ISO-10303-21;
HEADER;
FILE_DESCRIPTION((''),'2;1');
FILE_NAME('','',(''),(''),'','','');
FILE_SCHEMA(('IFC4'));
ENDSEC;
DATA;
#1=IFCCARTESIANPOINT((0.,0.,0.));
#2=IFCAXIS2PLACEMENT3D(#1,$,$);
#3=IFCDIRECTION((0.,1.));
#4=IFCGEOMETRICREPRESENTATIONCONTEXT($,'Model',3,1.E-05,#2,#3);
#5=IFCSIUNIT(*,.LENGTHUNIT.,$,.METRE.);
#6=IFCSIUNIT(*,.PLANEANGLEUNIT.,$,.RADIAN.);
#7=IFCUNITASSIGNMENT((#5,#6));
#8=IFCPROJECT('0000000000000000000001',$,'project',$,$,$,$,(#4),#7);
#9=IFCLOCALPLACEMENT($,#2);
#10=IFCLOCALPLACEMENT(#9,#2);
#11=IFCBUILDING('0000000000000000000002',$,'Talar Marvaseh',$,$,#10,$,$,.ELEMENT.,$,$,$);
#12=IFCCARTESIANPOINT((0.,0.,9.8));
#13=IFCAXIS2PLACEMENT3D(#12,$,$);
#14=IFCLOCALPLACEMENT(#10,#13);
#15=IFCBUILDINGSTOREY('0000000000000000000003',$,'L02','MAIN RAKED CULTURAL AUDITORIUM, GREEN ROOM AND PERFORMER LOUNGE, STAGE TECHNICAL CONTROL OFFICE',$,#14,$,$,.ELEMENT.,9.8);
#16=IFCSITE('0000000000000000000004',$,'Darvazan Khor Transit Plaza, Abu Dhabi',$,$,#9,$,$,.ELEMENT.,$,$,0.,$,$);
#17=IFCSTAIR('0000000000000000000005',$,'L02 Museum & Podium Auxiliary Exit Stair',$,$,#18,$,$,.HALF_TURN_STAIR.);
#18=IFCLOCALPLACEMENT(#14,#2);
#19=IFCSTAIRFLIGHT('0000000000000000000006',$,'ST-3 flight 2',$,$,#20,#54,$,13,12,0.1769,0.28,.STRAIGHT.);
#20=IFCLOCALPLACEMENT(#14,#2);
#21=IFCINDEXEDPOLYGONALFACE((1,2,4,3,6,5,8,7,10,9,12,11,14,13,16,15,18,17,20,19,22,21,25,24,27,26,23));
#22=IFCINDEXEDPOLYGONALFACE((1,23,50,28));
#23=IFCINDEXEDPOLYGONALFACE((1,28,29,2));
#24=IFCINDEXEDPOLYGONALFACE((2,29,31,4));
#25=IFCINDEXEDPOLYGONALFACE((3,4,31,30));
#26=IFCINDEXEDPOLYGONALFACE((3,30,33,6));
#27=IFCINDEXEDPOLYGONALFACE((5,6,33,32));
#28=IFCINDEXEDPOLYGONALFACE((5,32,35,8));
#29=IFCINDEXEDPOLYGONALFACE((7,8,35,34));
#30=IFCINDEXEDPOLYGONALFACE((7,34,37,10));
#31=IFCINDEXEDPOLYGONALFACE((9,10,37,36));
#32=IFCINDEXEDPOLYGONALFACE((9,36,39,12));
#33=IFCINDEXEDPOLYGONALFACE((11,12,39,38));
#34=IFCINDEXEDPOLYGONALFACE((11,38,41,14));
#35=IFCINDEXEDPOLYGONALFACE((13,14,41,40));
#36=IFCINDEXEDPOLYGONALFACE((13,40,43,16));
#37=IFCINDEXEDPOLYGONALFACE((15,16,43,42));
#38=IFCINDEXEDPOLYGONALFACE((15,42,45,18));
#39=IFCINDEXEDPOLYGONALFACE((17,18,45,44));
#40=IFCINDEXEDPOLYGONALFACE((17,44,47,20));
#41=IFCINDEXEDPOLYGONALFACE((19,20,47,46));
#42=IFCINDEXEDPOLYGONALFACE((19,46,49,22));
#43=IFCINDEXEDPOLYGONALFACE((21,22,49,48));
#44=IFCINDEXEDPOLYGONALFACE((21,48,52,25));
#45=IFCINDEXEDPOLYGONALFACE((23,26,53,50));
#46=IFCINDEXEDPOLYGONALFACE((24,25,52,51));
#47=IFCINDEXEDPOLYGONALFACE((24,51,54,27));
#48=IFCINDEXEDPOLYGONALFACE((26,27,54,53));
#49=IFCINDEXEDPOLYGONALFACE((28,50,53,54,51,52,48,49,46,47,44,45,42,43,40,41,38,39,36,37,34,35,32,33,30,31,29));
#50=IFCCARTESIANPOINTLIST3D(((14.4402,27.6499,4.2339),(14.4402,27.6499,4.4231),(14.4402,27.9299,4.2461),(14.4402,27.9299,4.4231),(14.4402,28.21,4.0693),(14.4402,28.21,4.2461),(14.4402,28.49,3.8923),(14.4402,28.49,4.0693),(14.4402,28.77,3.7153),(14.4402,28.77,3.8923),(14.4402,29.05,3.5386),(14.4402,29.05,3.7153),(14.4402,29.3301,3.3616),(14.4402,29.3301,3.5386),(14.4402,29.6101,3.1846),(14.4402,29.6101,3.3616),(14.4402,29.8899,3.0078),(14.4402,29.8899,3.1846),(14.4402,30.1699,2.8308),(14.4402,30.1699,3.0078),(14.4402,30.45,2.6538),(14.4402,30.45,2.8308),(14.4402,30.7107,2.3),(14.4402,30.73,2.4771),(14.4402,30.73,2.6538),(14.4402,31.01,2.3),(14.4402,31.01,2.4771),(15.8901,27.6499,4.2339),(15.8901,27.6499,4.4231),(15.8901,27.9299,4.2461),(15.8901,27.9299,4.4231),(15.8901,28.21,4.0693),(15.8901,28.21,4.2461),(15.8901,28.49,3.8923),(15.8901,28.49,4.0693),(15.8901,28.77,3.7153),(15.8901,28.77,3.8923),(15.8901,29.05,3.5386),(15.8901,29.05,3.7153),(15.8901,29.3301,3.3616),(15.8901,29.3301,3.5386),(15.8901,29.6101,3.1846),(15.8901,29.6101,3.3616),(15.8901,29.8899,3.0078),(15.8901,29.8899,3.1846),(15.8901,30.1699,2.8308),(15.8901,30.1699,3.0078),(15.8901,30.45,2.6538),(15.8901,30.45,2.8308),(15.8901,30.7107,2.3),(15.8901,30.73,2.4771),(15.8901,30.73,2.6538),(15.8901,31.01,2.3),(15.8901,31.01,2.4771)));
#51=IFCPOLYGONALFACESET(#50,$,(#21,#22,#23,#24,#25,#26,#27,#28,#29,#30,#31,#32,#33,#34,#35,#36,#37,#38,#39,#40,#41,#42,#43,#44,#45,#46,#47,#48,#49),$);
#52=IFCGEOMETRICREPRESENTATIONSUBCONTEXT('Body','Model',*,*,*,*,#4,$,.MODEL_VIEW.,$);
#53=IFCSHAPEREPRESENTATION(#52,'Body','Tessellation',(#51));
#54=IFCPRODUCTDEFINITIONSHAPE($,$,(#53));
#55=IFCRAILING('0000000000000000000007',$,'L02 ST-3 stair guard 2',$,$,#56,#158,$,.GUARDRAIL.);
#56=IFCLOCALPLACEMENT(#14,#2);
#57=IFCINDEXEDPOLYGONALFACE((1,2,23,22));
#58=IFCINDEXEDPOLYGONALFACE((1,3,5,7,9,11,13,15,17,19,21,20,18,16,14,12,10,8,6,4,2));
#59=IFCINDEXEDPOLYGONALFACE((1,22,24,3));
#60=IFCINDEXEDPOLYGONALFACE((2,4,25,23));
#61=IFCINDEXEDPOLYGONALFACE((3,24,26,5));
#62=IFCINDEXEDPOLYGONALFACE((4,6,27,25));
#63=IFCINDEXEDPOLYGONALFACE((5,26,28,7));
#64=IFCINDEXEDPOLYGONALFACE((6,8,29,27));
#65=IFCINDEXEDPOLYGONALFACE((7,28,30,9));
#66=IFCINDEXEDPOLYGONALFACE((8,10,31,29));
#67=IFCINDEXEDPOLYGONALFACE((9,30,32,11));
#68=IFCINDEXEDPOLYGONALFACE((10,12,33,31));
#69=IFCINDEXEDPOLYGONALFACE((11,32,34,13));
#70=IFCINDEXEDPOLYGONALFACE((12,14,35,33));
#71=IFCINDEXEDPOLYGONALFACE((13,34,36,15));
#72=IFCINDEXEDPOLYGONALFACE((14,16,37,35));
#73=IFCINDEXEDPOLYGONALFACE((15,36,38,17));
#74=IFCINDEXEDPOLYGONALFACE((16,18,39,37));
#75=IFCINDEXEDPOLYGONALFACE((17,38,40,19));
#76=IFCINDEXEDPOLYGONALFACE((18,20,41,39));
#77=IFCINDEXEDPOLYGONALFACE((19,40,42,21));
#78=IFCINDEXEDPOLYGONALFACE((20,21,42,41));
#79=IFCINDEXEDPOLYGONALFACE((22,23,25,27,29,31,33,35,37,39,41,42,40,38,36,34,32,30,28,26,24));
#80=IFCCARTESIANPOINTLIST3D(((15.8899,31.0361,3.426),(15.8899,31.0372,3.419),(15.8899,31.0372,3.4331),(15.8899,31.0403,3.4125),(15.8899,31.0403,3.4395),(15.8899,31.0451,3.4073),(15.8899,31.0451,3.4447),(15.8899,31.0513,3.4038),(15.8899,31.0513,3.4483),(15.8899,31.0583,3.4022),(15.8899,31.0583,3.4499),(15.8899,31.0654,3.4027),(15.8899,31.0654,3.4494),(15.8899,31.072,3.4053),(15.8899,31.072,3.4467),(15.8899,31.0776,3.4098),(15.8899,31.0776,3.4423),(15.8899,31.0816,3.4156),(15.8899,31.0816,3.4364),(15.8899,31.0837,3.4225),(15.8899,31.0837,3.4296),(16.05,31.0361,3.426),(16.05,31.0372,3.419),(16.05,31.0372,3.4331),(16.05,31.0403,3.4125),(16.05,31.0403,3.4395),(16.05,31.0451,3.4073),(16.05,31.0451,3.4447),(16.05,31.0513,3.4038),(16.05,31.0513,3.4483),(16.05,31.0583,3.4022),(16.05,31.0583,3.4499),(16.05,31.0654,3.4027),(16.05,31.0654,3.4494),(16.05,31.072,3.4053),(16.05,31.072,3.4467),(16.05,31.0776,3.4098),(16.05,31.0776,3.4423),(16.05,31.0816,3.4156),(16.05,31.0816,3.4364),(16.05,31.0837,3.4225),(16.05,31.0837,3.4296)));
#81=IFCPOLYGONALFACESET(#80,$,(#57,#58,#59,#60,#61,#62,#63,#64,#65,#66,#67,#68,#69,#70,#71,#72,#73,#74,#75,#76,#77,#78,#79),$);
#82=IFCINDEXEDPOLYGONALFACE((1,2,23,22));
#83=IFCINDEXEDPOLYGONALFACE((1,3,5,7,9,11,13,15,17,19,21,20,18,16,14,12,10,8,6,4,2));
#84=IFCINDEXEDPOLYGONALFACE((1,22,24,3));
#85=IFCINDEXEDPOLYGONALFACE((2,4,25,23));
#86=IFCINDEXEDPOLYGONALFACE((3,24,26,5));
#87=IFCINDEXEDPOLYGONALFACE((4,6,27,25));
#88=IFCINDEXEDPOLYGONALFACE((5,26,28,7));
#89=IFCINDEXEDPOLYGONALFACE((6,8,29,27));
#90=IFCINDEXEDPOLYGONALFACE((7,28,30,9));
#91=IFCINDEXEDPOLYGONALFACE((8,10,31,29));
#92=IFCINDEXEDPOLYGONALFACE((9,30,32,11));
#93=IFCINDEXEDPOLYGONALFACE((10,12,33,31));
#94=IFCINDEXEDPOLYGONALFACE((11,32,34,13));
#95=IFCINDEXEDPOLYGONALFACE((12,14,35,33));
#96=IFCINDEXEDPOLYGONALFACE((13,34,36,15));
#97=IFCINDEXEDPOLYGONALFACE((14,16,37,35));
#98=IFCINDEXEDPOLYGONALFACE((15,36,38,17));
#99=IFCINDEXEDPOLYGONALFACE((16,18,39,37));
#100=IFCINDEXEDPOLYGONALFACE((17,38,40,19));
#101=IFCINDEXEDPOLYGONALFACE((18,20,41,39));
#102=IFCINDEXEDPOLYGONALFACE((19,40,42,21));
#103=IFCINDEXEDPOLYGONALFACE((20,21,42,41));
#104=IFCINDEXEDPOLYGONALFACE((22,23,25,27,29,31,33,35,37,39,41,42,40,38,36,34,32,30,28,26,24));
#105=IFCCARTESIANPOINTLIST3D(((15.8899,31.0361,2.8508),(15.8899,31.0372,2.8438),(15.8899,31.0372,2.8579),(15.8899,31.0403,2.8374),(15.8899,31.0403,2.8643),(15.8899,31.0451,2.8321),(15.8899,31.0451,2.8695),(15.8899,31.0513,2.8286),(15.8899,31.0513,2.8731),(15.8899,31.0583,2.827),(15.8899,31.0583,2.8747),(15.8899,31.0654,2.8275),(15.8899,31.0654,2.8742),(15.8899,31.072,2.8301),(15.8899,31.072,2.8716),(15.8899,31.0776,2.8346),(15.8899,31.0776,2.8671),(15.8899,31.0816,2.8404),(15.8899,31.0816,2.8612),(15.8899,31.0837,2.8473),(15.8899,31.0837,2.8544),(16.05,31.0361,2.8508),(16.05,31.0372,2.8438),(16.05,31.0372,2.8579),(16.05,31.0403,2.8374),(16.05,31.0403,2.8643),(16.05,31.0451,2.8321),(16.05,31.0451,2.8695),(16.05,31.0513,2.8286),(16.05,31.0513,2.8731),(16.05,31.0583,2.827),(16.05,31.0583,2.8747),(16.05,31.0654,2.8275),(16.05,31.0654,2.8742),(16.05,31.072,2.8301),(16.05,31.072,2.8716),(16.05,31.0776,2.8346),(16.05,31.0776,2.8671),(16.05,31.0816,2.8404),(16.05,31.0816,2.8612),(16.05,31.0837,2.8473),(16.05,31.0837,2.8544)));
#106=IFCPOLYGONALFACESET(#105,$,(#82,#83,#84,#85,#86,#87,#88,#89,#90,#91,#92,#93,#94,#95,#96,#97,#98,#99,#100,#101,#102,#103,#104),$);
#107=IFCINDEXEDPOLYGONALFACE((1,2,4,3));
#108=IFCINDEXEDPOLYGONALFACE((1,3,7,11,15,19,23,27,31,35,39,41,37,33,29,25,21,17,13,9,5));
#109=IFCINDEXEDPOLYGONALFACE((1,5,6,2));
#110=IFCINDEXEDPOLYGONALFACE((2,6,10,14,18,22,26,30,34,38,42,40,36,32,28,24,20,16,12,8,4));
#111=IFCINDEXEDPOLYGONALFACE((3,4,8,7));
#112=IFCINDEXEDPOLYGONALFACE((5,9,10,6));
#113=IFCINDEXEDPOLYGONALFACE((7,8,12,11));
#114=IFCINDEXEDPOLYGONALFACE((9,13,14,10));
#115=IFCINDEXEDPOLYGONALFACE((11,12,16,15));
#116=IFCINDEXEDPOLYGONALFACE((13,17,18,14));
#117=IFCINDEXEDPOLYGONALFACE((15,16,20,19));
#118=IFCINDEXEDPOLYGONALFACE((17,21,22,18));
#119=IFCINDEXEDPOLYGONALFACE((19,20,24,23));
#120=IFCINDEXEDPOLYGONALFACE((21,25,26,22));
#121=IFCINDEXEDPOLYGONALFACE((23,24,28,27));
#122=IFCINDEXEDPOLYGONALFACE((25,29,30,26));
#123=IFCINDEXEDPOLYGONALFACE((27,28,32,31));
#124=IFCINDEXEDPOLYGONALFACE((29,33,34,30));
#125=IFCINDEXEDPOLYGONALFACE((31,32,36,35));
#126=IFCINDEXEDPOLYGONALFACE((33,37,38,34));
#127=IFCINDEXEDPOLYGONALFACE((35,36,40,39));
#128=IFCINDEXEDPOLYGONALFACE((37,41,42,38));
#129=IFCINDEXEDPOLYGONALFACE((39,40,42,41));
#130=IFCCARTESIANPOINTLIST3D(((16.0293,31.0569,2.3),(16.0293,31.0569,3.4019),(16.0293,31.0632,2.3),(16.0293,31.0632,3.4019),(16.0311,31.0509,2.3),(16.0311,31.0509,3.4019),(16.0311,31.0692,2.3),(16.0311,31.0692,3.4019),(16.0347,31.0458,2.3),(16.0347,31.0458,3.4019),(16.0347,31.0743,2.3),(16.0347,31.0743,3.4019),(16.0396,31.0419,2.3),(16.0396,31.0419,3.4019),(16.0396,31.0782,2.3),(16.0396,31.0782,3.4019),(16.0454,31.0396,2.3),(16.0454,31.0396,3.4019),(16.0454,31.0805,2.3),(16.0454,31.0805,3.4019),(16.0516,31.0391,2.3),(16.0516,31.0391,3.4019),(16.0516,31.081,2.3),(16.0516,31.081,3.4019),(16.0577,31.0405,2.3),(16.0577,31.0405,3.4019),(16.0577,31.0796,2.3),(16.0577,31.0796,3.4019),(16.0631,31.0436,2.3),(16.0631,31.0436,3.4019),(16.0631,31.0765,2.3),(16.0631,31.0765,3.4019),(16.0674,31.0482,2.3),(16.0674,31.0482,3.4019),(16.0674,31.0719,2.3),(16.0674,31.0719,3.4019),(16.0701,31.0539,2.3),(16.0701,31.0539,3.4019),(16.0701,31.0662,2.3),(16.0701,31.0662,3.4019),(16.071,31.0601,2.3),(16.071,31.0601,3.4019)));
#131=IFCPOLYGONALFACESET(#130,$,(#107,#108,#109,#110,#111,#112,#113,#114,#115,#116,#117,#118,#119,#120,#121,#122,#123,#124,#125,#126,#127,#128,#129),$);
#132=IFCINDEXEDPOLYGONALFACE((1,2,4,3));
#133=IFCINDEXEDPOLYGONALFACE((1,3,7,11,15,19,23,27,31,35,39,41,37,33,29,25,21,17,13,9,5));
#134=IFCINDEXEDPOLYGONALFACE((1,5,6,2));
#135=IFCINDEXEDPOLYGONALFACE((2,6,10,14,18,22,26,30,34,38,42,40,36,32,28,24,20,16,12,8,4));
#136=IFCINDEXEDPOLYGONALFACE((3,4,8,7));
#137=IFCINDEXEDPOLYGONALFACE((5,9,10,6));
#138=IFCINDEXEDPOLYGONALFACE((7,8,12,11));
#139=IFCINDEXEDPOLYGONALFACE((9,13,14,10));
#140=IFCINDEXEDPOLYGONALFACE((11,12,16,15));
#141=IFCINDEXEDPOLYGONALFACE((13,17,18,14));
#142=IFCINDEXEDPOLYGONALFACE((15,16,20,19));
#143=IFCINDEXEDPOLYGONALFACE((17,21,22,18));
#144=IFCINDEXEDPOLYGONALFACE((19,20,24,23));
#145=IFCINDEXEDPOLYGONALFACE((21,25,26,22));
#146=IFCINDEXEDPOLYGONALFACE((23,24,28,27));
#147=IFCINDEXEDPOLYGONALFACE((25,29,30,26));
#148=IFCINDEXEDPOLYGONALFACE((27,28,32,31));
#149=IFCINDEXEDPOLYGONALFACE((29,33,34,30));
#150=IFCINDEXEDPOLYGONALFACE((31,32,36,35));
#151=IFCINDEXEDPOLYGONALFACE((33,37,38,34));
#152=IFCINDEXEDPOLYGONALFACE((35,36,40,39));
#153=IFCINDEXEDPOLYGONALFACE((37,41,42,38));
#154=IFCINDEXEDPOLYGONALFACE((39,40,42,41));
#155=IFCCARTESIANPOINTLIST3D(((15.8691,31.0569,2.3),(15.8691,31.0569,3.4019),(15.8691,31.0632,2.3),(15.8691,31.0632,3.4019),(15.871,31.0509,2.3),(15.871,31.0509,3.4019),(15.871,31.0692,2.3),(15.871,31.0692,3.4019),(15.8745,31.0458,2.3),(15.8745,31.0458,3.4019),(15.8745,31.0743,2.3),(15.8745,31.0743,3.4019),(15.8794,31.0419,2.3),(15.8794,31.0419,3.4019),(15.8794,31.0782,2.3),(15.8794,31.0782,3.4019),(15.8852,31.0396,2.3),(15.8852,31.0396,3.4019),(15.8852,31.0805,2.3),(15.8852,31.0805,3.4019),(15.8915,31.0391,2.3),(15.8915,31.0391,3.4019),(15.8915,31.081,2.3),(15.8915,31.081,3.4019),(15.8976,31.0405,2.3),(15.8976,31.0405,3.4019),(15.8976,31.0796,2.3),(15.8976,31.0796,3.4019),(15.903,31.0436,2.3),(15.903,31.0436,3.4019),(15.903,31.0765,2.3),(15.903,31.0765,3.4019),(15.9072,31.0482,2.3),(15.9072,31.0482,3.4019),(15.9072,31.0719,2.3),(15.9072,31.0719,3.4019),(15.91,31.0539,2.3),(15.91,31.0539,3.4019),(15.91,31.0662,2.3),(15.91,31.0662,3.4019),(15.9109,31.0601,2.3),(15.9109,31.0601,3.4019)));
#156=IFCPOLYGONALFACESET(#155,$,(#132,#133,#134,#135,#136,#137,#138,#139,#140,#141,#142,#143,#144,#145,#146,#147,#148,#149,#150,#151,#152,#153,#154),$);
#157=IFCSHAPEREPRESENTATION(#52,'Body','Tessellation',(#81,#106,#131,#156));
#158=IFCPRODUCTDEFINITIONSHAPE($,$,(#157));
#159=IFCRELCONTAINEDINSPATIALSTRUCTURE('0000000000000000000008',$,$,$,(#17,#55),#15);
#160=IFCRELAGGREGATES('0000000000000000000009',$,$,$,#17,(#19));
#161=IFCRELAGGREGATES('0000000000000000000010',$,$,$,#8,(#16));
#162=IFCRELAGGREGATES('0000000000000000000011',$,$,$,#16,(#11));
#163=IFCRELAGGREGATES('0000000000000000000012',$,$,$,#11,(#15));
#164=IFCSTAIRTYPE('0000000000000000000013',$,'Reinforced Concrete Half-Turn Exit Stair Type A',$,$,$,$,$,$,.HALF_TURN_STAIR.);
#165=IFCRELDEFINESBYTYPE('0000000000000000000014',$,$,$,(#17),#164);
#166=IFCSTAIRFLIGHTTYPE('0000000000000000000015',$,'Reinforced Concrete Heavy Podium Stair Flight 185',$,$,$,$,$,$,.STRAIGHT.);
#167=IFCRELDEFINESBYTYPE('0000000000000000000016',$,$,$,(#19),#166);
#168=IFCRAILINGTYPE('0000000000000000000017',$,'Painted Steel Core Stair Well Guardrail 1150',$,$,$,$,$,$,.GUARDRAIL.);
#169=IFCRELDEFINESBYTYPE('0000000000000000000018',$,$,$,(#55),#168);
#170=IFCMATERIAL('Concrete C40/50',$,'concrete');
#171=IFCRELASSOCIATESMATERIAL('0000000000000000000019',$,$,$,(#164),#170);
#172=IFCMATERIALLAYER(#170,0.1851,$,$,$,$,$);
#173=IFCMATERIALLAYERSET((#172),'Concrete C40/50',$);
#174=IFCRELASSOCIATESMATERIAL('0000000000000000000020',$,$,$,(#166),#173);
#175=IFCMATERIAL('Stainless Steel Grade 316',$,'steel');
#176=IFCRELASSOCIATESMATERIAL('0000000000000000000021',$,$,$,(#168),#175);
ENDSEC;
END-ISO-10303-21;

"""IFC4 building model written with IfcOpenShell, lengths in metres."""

from ifc_helpers import new_model, si_unit, direction, frame, origin, origin_2d, place, context, subcontext, project, spatial, polyline, circle, outline, extrude, material, layer, layer_set, type_object, element, aggregate, save


model = new_model("IFC4")

# Units and contexts
model_context = context("Model", 3, precision=1e-05, world=origin(), true_north=direction((0.0, 1.0)))
body_context = subcontext(model_context, "Body", "Model", "MODEL_VIEW")
ifc_project = project(units=[si_unit("LENGTHUNIT", "METRE"), si_unit("PLANEANGLEUNIT", "RADIAN")], contexts=[model_context])

# Site, building, storey
site_placement = place(None, origin())
site = spatial("IfcSite", under=ifc_project, at=site_placement, Name="Darvazan Khor Transit Plaza, Abu Dhabi", CompositionType="ELEMENT", RefElevation=0.0)
building_placement = place(site_placement, origin())
building = spatial("IfcBuilding", under=site, at=building_placement, Name="Talar Marvaseh", CompositionType="ELEMENT")
storey_placement = place(building_placement, frame((0.0, 0.0, 9.8)))
storey = spatial("IfcBuildingStorey", under=building, at=storey_placement, Name="L02", Description="MAIN RAKED CULTURAL AUDITORIUM, GREEN ROOM AND PERFORMER LOUNGE, STAGE TECHNICAL CONTROL OFFICE", CompositionType="ELEMENT", Elevation=9.8)

# Stair, stair flight
ifc_material_1 = material(Name="Concrete C40/50", Category="concrete")
stair_type = type_object("IfcStairType", Name="Reinforced Concrete Half-Turn Exit Stair Type A", PredefinedType="HALF_TURN_STAIR", material=ifc_material_1)
stair_placement = place(storey_placement, origin())
stair = element("IfcStair", 1, at=stair_placement, inside=storey, type_object=stair_type, Name="L02 Museum & Podium Auxiliary Exit Stair", PredefinedType="HALF_TURN_STAIR")
ifc_layer_1 = layer(ifc_material_1, 0.1851)
ifc_layer_set_1 = layer_set([ifc_layer_1], Name="Concrete C40/50")
stair_flight_type = type_object("IfcStairFlightType", Name="Reinforced Concrete Heavy Podium Stair Flight 185", PredefinedType="STRAIGHT", material=ifc_layer_set_1)
stair_flight_placement = place(storey_placement, frame((15.165, 31.01, 2.3), z_axis=(0.0, 0.0, 1.0), x_axis=(0.0, -1.0, 0.0)))
stair_flight = element("IfcStairFlight", 2, at=stair_flight_placement, type_object=stair_flight_type, Name="ST-3 flight 2", NumberOfRisers=13, NumberOfTreads=12, PredefinedType="STRAIGHT", RiserHeight=0.1769, TreadLength=0.28, context=body_context, shape_type="SweptSolid", body=[
    extrude(outline(polyline([(0.0, 0.0), (0.0, 0.177), (0.28, 0.177), (0.28, 0.3538), (0.5601, 0.3538), (0.5601, 0.5308), (0.8401, 0.5308), (0.8401, 0.7078), (1.1201, 0.7078), (1.1201, 0.8845), (1.3999, 0.8845), (1.3999, 1.0615), (1.6799, 1.0615), (1.6799, 1.2385), (1.96, 1.2385), (1.96, 1.4153), (2.24, 1.4153), (2.24, 1.5923), (2.52, 1.5923), (2.52, 1.7693), (2.8, 1.7693), (2.8, 1.946), (3.0801, 1.946), (3.0801, 2.123), (3.3601, 2.123), (3.3601, 2.3), (3.3601, 1.9338), (0.2993, 0.0), (0.0, 0.0)])), frame((0.0, 0.7251, 0.0), z_axis=(0.0, -1.0, 0.0), x_axis=(1.0, 0.0, 0.0)), (0.0, 0.0, 1.0), 1.45),
])
aggregate(stair, [stair_flight])

# Railing
ifc_material_2 = material(Name="Stainless Steel Grade 316", Category="steel")
railing_type_1 = type_object("IfcRailingType", Name="Painted Steel Core Stair Well Guardrail 1150", PredefinedType="GUARDRAIL", material=ifc_material_2)
railing_1_placement = place(storey_placement, frame((16.05, 31.0601, 2.3)))
element("IfcRailing", 3, at=railing_1_placement, inside=storey, type_object=railing_type_1, Name="L02 ST-3 stair guard 2", PredefinedType="GUARDRAIL", context=body_context, shape_type="SweptSolid", body=[
    extrude(circle(Radius=0.0239, at=origin_2d()), frame((0.0, 0.0, 1.126), z_axis=(-1.0, 0.0, 0.0), x_axis=(0.0, -1.0, 0.0)), (0.0, 0.0, 1.0), 0.1602),
    extrude(circle(Radius=0.0239, at=origin_2d()), frame((0.0, 0.0, 0.5508), z_axis=(-1.0, 0.0, 0.0), x_axis=(0.0, -1.0, 0.0)), (0.0, 0.0, 1.0), 0.1602),
    extrude(circle(Radius=0.021, at=origin_2d()), origin(), (0.0, 0.0, 1.0), 1.1018),
    extrude(circle(Radius=0.021, at=origin_2d()), frame((-0.1602, 0.0, 0.0)), (0.0, 0.0, 1.0), 1.1018),
])

save(model, "model.ifc")
